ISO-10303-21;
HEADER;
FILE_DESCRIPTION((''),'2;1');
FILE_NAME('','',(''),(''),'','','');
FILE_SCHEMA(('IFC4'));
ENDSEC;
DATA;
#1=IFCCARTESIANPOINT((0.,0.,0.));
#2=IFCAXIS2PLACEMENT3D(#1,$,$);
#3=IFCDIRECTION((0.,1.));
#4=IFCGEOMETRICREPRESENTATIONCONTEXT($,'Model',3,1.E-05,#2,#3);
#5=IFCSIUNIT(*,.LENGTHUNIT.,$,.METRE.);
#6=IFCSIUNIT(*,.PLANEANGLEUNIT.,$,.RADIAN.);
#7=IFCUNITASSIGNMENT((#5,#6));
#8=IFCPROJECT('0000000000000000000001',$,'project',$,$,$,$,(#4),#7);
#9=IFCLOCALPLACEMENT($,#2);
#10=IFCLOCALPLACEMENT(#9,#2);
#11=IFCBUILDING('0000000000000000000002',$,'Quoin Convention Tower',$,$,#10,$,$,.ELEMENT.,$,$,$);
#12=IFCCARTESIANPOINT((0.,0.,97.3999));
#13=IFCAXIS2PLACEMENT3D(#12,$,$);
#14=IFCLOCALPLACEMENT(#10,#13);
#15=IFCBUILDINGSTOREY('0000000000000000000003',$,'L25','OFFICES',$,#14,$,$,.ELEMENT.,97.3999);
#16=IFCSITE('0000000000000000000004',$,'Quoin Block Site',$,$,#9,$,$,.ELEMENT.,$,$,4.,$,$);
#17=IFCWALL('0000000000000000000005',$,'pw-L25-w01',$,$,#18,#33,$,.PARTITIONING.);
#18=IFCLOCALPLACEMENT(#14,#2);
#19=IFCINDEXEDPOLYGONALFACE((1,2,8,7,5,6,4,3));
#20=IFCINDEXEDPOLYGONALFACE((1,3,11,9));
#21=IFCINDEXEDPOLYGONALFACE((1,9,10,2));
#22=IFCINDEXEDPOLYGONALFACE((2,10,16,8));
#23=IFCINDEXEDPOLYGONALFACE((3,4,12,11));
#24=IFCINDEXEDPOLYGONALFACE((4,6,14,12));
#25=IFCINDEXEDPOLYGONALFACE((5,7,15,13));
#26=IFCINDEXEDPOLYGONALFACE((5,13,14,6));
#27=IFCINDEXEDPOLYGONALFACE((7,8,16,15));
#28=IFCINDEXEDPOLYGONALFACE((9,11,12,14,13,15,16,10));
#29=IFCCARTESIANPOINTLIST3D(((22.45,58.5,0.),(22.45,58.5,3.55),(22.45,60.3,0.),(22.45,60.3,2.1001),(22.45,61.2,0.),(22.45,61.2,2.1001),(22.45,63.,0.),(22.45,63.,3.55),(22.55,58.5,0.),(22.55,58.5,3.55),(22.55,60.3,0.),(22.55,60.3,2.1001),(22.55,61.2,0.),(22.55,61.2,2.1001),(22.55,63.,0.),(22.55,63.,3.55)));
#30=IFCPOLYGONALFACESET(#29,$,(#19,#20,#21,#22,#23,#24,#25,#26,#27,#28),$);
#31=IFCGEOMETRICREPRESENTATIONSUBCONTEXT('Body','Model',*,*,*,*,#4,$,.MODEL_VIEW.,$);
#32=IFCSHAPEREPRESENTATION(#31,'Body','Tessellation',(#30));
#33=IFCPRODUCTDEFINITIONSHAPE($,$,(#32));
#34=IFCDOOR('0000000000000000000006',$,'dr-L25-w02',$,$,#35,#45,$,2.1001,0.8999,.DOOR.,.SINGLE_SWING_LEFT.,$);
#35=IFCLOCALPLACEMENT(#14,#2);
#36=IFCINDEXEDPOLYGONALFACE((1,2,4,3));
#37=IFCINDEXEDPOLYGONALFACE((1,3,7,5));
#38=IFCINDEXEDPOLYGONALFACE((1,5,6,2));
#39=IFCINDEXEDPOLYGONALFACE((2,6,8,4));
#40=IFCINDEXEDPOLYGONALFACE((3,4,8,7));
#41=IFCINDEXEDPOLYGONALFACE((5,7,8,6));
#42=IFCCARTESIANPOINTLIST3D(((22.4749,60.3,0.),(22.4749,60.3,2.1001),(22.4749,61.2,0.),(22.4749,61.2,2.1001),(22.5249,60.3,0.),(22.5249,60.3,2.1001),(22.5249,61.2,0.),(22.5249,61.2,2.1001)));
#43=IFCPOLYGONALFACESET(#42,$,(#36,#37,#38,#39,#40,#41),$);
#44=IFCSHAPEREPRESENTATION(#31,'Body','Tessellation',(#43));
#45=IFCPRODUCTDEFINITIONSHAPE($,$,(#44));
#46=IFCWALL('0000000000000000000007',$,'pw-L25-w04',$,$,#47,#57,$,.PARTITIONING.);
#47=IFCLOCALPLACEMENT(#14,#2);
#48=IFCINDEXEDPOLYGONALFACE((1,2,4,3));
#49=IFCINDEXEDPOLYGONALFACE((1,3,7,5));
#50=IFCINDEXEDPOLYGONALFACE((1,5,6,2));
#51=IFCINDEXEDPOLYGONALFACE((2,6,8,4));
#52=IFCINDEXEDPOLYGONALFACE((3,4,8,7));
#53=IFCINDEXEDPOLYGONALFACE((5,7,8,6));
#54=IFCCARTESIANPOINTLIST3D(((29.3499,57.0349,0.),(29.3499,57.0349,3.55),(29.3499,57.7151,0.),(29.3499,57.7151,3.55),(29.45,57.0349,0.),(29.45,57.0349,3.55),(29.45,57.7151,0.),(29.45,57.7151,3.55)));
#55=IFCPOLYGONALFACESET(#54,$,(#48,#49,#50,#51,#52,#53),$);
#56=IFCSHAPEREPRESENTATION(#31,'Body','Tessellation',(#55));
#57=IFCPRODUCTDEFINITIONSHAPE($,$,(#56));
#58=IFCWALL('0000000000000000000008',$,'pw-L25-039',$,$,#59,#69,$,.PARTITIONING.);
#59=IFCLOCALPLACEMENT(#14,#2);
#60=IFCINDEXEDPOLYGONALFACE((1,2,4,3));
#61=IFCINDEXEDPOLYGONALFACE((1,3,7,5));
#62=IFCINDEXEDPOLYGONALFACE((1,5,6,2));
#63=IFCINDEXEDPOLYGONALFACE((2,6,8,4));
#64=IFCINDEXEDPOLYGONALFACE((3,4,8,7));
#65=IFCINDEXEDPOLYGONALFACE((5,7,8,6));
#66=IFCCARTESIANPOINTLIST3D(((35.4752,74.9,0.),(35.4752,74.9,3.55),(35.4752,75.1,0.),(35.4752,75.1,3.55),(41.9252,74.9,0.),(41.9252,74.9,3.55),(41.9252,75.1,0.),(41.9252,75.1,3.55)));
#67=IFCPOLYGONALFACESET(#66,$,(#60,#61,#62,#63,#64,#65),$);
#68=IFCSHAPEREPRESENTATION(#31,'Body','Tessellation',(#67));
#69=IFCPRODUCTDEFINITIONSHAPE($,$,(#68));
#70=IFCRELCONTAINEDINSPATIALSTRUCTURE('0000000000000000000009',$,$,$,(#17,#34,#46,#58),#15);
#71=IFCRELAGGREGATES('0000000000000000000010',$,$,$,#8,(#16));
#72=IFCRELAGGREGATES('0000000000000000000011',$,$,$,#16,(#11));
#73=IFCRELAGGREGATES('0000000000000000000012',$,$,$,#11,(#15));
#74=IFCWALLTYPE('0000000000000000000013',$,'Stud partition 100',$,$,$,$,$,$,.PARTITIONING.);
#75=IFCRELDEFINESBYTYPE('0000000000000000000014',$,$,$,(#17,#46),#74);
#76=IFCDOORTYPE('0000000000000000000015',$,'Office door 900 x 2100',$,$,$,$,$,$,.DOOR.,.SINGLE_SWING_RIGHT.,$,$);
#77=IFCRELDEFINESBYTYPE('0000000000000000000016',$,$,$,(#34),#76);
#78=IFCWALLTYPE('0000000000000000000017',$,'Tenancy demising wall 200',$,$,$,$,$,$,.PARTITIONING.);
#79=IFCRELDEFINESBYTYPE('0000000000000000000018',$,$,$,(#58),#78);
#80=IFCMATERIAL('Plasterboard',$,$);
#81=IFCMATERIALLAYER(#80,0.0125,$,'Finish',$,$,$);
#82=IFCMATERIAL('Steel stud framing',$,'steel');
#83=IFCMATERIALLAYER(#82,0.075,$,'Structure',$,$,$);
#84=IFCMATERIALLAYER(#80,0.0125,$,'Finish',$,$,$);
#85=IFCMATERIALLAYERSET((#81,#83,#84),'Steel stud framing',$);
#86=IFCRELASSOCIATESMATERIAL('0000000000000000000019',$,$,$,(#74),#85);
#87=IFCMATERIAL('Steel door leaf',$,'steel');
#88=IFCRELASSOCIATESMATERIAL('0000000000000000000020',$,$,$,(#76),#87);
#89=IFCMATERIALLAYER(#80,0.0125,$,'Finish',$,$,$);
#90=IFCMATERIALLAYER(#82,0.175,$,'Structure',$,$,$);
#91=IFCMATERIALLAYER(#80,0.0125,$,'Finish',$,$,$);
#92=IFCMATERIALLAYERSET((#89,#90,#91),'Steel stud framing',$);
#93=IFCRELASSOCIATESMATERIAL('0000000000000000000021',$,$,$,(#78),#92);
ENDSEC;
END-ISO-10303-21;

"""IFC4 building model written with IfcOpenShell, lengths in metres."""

from ifc_helpers import new_model, si_unit, direction, frame, frame_2d, origin, place, context, subcontext, project, spatial, rectangle, extrude, material, layer, layer_set, type_object, element, fill, save


model = new_model("IFC4")

# Units and contexts
model_context = context("Model", 3, precision=1e-05, world=origin(), true_north=direction((0.0, 1.0)))
body_context = subcontext(model_context, "Body", "Model", "MODEL_VIEW")
ifc_project = project(units=[si_unit("LENGTHUNIT", "METRE"), si_unit("PLANEANGLEUNIT", "RADIAN")], contexts=[model_context])

# Site, building, storey
site_placement = place(None, origin())
site = spatial("IfcSite", under=ifc_project, at=site_placement, Name="Quoin Block Site", CompositionType="ELEMENT", RefElevation=4.0)
building_placement = place(site_placement, origin())
building = spatial("IfcBuilding", under=site, at=building_placement, Name="Quoin Convention Tower", CompositionType="ELEMENT")
storey_placement = place(building_placement, frame((0.0, 0.0, 97.3999)))
storey = spatial("IfcBuildingStorey", under=building, at=storey_placement, Name="L25", Description="OFFICES", CompositionType="ELEMENT", Elevation=97.3999)

# Shared definitions
ifc_material_1 = material(Name="Plasterboard")
ifc_material_2 = material(Name="Steel stud framing", Category="steel")

# Wall, opening, door
ifc_layer_1 = layer(ifc_material_1, 0.0125, Name="Finish")
ifc_layer_2 = layer(ifc_material_2, 0.075, Name="Structure")
ifc_layer_3 = layer(ifc_material_1, 0.0125, Name="Finish")
ifc_layer_set_1 = layer_set([ifc_layer_1, ifc_layer_2, ifc_layer_3], Name="Steel stud framing")
wall_type_1 = type_object("IfcWallType", Name="Stud partition 100", PredefinedType="PARTITIONING", material=ifc_layer_set_1)
wall_1_placement = place(storey_placement, frame((22.5, 63.0, 0.0), z_axis=(0.0, 0.0, 1.0), x_axis=(0.0, -1.0, 0.0)))
wall_1 = element("IfcWall", 1, at=wall_1_placement, inside=storey, type_object=wall_type_1, Name="pw-L25-w01", PredefinedType="PARTITIONING", context=body_context, shape_type="SweptSolid", body=[
    extrude(rectangle(XDim=4.5, YDim=0.1001, at=frame_2d((2.25, 0.0))), origin(), (0.0, 0.0, 1.0), 3.55),
])
opening_1_placement = place(wall_1_placement, frame((1.8, 0.0, 0.0)))
opening_1 = element("IfcOpeningElement", 2, at=opening_1_placement, cuts=wall_1, PredefinedType="OPENING", context=body_context, shape_type="SweptSolid", body=[
    extrude(rectangle(XDim=0.8999, YDim=2.1001, at=frame_2d((0.45, 1.05))), frame((0.0, 0.0601, 0.0), z_axis=(0.0, -1.0, 0.0), x_axis=(1.0, 0.0, 0.0)), (0.0, 0.0, 1.0), 0.1201),
])
ifc_material_3 = material(Name="Steel door leaf", Category="steel")
door_type = type_object("IfcDoorType", Name="Office door 900 x 2100", OperationType="SINGLE_SWING_RIGHT", PredefinedType="DOOR", material=ifc_material_3)
door_placement = place(opening_1_placement, origin())
door = element("IfcDoor", 3, at=door_placement, inside=storey, type_object=door_type, Name="dr-L25-w02", OperationType="SINGLE_SWING_LEFT", OverallHeight=2.1001, OverallWidth=0.8999, PredefinedType="DOOR", context=body_context, shape_type="SweptSolid", body=[
    extrude(rectangle(XDim=0.8999, YDim=2.1001, at=frame_2d((0.45, 1.05))), frame((0.0, 0.0249, 0.0), z_axis=(0.0, -1.0, 0.0), x_axis=(1.0, 0.0, 0.0)), (0.0, 0.0, 1.0), 0.05),
])
fill(opening_1, door)

# Walls
wall_2_placement = place(storey_placement, frame((29.3999, 57.7151, 0.0), z_axis=(0.0, 0.0, 1.0), x_axis=(0.0, -1.0, 0.0)))
element("IfcWall", 4, at=wall_2_placement, inside=storey, type_object=wall_type_1, Name="pw-L25-w04", PredefinedType="PARTITIONING", context=body_context, shape_type="SweptSolid", body=[
    extrude(rectangle(XDim=0.6802, YDim=0.1001, at=frame_2d((0.3401, 0.0))), origin(), (0.0, 0.0, 1.0), 3.55),
])
ifc_layer_4 = layer(ifc_material_1, 0.0125, Name="Finish")
ifc_layer_5 = layer(ifc_material_2, 0.175, Name="Structure")
ifc_layer_6 = layer(ifc_material_1, 0.0125, Name="Finish")
ifc_layer_set_2 = layer_set([ifc_layer_4, ifc_layer_5, ifc_layer_6], Name="Steel stud framing")
wall_type_2 = type_object("IfcWallType", Name="Tenancy demising wall 200", PredefinedType="PARTITIONING", material=ifc_layer_set_2)
wall_3_placement = place(storey_placement, frame((35.4751, 75.0, 0.0), z_axis=(0.0, 0.0, 1.0), x_axis=(1.0, 0.0, 0.0)))
element("IfcWall", 5, at=wall_3_placement, inside=storey, type_object=wall_type_2, Name="pw-L25-039", PredefinedType="PARTITIONING", context=body_context, shape_type="SweptSolid", body=[
    extrude(rectangle(XDim=6.45, YDim=0.2, at=frame_2d((3.2251, 0.0))), origin(), (0.0, 0.0, 1.0), 3.55),
])

save(model, "model.ifc")
